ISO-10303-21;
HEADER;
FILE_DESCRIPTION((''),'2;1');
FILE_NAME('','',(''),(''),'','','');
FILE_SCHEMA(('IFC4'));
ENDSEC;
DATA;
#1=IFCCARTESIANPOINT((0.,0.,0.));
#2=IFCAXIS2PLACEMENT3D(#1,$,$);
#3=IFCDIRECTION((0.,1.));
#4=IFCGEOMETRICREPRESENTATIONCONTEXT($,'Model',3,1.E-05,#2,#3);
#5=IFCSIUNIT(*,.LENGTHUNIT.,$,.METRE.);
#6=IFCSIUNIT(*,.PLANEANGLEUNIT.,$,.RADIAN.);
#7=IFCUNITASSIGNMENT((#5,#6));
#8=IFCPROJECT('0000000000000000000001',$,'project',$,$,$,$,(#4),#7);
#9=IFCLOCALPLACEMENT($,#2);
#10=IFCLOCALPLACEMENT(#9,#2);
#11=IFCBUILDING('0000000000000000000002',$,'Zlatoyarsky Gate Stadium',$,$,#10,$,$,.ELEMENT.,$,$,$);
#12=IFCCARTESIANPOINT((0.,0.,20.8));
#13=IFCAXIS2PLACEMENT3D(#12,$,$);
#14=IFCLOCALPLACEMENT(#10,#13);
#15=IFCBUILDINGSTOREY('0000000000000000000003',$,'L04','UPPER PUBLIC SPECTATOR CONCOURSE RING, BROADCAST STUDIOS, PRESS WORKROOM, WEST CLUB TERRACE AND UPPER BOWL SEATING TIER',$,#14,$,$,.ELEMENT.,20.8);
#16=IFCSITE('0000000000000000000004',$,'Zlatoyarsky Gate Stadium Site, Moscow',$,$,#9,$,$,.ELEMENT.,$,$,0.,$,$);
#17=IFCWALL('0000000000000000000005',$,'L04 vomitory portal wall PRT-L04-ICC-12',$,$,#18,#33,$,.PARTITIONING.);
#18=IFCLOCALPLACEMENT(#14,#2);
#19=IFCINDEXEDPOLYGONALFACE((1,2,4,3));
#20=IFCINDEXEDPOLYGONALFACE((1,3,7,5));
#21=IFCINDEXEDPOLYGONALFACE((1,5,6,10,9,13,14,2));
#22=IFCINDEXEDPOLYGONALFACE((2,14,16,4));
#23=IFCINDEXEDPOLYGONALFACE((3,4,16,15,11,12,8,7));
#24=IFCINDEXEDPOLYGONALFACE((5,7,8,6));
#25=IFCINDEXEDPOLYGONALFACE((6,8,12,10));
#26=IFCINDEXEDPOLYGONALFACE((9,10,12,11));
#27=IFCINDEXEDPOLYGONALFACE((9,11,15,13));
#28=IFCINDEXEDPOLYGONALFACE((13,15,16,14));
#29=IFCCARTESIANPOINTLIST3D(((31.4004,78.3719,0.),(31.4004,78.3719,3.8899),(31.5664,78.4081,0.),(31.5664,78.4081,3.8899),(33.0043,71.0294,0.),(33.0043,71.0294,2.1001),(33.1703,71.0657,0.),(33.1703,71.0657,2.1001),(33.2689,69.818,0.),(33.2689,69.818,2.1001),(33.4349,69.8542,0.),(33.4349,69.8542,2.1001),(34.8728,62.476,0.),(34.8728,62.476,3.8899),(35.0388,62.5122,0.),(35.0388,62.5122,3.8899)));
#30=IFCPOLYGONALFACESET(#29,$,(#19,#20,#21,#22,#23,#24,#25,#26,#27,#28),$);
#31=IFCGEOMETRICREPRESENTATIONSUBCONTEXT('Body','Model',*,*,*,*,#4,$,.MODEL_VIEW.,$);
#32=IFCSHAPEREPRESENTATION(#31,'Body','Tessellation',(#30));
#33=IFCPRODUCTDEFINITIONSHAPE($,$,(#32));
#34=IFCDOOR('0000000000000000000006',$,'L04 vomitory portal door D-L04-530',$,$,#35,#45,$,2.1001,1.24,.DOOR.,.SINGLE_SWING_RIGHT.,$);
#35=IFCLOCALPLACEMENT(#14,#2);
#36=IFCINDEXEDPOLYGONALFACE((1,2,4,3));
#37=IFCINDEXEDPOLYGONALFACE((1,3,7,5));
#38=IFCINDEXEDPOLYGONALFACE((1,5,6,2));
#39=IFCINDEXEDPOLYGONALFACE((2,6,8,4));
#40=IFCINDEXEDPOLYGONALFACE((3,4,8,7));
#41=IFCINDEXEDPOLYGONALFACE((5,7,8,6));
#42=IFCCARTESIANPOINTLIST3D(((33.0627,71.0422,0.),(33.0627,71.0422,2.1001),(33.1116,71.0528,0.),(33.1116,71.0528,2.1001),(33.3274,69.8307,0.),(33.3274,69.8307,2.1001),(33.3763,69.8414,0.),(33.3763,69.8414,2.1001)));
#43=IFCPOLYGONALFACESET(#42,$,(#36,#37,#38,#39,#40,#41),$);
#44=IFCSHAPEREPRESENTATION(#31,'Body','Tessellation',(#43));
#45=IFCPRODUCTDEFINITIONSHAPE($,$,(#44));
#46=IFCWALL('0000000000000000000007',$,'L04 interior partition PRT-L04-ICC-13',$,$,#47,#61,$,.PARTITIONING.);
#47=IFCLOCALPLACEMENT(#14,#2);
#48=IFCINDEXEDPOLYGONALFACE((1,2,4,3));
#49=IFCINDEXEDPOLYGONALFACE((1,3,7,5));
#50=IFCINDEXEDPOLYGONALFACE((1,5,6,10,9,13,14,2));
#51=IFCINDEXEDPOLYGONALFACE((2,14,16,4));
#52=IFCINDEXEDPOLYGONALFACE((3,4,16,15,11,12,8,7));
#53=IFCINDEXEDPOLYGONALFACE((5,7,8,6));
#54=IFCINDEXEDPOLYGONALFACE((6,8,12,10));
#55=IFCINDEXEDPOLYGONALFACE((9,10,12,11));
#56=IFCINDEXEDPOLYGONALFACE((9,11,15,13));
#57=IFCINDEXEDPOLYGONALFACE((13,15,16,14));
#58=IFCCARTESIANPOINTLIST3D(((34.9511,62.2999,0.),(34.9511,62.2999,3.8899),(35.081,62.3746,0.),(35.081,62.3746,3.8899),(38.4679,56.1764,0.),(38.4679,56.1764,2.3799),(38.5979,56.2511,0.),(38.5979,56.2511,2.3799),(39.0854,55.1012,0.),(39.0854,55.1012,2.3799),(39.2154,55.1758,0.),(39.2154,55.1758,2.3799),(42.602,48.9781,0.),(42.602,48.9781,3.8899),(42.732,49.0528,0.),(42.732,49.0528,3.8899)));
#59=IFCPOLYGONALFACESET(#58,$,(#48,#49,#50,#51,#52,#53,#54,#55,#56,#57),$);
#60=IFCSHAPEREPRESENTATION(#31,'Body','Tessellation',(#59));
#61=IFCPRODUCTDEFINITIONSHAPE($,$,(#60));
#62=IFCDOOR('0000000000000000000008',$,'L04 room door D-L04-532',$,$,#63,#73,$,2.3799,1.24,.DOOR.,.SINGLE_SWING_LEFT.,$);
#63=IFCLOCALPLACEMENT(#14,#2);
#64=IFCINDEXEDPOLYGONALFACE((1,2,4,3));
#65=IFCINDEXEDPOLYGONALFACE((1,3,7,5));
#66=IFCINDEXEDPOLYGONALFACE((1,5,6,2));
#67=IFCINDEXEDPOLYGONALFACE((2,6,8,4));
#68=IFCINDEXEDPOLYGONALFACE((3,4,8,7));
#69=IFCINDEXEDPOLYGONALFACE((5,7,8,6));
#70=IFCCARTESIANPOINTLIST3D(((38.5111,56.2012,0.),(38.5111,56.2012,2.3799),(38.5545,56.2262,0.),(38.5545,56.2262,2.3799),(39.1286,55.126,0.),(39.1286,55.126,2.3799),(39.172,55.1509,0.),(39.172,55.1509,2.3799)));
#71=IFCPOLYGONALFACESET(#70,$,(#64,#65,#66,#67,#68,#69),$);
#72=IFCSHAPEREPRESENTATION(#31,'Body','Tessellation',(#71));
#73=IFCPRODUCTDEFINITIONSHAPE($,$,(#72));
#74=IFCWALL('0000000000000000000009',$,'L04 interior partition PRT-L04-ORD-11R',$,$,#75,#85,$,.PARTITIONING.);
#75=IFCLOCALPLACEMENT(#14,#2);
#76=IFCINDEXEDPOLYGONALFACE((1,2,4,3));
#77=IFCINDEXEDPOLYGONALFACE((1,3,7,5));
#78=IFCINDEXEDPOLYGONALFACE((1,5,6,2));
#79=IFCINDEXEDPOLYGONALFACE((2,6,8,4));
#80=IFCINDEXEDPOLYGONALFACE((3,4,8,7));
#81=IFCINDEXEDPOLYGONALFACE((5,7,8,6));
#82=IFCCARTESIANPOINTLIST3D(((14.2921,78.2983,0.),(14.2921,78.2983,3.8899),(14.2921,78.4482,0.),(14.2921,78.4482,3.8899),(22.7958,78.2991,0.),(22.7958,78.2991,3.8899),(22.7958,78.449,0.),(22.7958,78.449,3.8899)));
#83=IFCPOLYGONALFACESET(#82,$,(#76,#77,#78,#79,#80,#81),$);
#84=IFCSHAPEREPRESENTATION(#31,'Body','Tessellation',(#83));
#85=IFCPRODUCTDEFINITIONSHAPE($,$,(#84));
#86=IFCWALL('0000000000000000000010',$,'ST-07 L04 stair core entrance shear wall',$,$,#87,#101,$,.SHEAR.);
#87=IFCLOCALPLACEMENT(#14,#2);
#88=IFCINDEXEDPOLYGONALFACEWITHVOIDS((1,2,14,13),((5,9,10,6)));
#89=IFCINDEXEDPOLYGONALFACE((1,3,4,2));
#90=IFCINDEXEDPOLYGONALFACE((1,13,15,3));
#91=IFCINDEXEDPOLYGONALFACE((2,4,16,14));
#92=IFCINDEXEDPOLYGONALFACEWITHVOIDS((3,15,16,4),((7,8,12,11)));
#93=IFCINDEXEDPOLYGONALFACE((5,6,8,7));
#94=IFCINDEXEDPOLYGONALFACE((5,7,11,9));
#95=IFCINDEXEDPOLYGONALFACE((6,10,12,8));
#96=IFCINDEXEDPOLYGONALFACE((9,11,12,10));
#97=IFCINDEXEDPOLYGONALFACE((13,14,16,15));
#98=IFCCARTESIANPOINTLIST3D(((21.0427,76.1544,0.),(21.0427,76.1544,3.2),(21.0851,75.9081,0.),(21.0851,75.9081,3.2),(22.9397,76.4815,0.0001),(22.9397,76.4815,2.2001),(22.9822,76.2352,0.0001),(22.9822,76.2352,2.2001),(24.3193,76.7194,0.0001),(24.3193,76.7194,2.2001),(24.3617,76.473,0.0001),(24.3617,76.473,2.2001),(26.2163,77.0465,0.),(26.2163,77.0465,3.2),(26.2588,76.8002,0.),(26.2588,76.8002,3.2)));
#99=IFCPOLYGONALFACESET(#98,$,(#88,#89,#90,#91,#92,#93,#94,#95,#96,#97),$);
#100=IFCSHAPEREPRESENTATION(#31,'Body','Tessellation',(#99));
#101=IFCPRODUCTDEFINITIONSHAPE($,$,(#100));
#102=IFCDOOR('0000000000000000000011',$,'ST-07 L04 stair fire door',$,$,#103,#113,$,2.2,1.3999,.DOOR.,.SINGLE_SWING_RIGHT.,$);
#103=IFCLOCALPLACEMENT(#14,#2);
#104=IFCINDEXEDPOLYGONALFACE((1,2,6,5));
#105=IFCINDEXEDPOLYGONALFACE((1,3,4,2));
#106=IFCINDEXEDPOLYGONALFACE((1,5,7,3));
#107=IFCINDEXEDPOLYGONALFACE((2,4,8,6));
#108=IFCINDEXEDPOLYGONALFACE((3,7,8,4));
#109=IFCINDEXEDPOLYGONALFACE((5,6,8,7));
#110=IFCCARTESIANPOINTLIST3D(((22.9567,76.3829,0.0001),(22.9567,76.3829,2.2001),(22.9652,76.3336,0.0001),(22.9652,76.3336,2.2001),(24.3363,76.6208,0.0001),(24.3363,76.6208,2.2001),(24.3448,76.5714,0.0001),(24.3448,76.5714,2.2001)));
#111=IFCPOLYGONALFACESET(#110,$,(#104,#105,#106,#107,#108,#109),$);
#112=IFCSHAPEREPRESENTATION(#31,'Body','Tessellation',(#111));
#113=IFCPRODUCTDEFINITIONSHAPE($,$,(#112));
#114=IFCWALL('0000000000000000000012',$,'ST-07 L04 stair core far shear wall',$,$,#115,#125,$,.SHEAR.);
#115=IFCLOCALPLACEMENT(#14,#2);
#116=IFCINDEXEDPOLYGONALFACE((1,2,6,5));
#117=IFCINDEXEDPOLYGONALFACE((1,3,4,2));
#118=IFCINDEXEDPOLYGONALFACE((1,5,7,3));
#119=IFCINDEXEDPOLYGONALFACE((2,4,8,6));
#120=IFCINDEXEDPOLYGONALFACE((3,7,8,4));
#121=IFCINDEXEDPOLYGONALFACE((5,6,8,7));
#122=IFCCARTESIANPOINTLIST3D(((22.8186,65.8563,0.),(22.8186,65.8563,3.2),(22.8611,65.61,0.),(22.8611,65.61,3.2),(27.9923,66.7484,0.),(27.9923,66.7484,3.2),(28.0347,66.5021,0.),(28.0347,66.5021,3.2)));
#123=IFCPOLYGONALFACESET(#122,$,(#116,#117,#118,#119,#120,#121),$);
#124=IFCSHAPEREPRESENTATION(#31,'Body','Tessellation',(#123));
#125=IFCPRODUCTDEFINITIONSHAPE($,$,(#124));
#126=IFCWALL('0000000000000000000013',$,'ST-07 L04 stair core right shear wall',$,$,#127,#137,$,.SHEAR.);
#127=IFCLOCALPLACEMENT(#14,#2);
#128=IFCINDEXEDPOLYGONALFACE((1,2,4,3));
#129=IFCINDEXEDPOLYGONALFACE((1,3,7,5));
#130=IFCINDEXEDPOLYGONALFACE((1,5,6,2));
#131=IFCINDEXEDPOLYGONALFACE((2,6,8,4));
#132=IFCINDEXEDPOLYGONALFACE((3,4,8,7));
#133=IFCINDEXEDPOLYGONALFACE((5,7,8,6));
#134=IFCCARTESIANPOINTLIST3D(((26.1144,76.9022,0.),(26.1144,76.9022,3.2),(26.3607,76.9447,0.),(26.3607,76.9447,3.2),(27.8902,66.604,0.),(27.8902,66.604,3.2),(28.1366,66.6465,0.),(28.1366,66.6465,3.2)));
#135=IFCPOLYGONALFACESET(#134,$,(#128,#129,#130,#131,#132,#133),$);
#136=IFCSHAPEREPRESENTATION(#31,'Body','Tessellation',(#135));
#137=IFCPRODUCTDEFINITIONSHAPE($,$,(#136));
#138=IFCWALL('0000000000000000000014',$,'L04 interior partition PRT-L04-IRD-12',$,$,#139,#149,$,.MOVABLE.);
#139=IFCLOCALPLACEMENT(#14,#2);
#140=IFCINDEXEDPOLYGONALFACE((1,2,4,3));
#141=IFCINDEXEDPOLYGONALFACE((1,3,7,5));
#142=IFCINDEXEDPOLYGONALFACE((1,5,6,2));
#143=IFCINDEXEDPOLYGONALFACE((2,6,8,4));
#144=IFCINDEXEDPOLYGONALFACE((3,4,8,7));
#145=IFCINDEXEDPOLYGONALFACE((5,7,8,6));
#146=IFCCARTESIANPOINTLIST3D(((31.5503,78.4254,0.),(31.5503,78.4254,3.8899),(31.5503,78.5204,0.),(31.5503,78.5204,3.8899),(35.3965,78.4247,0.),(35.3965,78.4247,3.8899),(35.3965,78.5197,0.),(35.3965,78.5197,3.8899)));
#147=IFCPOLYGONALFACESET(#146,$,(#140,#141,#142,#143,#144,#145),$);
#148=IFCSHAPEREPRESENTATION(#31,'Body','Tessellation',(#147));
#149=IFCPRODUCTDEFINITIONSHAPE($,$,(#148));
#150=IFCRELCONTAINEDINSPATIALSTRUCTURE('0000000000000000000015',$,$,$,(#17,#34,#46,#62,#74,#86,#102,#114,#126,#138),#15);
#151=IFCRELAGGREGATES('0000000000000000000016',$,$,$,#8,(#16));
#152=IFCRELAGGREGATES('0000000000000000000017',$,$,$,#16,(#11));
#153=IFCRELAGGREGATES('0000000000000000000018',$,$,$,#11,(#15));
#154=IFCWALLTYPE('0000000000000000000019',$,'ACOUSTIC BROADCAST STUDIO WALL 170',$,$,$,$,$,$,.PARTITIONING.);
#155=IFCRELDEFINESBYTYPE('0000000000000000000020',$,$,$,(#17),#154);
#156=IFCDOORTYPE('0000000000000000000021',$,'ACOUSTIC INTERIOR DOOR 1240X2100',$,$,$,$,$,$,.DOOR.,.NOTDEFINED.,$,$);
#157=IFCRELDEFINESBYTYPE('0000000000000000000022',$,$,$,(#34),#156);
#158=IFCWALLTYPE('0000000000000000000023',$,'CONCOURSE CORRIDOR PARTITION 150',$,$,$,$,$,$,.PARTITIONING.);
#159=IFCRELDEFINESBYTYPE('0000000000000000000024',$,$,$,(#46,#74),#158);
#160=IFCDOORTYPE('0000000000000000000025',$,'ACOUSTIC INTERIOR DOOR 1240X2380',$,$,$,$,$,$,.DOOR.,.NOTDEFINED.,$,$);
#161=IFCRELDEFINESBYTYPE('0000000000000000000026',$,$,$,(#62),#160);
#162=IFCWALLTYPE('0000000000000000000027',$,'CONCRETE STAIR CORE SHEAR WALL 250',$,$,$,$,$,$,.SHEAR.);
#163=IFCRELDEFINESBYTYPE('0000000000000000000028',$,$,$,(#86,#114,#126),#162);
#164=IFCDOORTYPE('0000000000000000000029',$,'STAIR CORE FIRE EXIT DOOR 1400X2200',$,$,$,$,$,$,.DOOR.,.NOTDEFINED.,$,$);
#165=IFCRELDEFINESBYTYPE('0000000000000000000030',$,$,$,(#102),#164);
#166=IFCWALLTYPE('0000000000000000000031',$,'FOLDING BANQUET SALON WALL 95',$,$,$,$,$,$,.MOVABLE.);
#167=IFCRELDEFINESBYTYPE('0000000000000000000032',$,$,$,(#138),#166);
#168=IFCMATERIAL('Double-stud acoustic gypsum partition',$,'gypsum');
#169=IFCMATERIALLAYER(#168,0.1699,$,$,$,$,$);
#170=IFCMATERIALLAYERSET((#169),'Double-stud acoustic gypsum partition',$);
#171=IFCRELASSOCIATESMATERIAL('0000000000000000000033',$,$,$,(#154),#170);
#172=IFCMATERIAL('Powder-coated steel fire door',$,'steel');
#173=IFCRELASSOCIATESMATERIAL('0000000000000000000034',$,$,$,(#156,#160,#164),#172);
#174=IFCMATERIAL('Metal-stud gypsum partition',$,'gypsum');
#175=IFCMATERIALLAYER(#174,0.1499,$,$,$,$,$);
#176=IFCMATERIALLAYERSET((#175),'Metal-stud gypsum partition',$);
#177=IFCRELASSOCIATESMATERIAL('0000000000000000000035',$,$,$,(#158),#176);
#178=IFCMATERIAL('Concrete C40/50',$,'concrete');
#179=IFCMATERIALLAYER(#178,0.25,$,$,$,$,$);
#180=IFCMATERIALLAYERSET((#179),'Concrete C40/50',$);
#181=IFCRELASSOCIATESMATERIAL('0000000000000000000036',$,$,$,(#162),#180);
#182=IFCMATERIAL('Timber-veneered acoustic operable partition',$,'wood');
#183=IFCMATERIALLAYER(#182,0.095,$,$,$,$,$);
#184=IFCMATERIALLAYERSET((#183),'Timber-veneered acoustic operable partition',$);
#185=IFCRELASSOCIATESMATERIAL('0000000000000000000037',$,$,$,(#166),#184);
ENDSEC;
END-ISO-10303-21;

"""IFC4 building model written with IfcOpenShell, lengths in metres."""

from ifc_helpers import new_model, si_unit, direction, frame, frame_2d, origin, place, context, subcontext, project, spatial, rectangle, extrude, material, layer, layer_set, type_object, element, fill, save


model = new_model("IFC4")

# Units and contexts
model_context = context("Model", 3, precision=1e-05, world=origin(), true_north=direction((0.0, 1.0)))
body_context = subcontext(model_context, "Body", "Model", "MODEL_VIEW")
ifc_project = project(units=[si_unit("LENGTHUNIT", "METRE"), si_unit("PLANEANGLEUNIT", "RADIAN")], contexts=[model_context])

# Site, building, storey
site_placement = place(None, origin())
site = spatial("IfcSite", under=ifc_project, at=site_placement, Name="Zlatoyarsky Gate Stadium Site, Moscow", CompositionType="ELEMENT", RefElevation=0.0)
building_placement = place(site_placement, origin())
building = spatial("IfcBuilding", under=site, at=building_placement, Name="Zlatoyarsky Gate Stadium", CompositionType="ELEMENT")
storey_placement = place(building_placement, frame((0.0, 0.0, 20.8)))
storey = spatial("IfcBuildingStorey", under=building, at=storey_placement, Name="L04", Description="UPPER PUBLIC SPECTATOR CONCOURSE RING, BROADCAST STUDIOS, PRESS WORKROOM, WEST CLUB TERRACE AND UPPER BOWL SEATING TIER", CompositionType="ELEMENT", Elevation=20.8)

# Shared definitions
ifc_material_1 = material(Name="Concrete C40/50", Category="concrete")

# Walls, openings, doors
ifc_material_2 = material(Name="Double-stud acoustic gypsum partition", Category="gypsum")
ifc_layer_1 = layer(ifc_material_2, 0.1699)
ifc_layer_set_1 = layer_set([ifc_layer_1], Name="Double-stud acoustic gypsum partition")
wall_type_1 = type_object("IfcWallType", Name="ACOUSTIC BROADCAST STUDIO WALL 170", PredefinedType="PARTITIONING", material=ifc_layer_set_1)
wall_1_placement = place(storey_placement, frame((31.4834, 78.3899, 0.0), z_axis=(0.0, 0.0, 1.0), x_axis=(0.213413, -0.976962, 0.0)))
wall_1 = element("IfcWall", 1, at=wall_1_placement, inside=storey, type_object=wall_type_1, Name="L04 vomitory portal wall PRT-L04-ICC-12", PredefinedType="PARTITIONING", context=body_context, shape_type="SweptSolid", body=[
    extrude(rectangle(XDim=16.2708, YDim=0.1699, at=frame_2d((8.1353, 0.0))), origin(), (0.0, 0.0, 1.0), 3.8899),
])
opening_1_placement = place(wall_1_placement, frame((7.5154, 0.0, 0.0)))
opening_1 = element("IfcOpeningElement", 2, at=opening_1_placement, cuts=wall_1, PredefinedType="OPENING", context=body_context, shape_type="SweptSolid", body=[
    extrude(rectangle(XDim=1.24, YDim=2.1001, at=frame_2d((0.6201, 1.05))), frame((0.0, 0.095, 0.0), z_axis=(0.0, -1.0, 0.0), x_axis=(1.0, 0.0, 0.0)), (0.0, 0.0, 1.0), 0.1899),
])
ifc_material_3 = material(Name="Powder-coated steel fire door", Category="steel")
door_type_1 = type_object("IfcDoorType", Name="ACOUSTIC INTERIOR DOOR 1240X2100", OperationType="NOTDEFINED", PredefinedType="DOOR", material=ifc_material_3)
door_1_placement = place(opening_1_placement, origin())
door_1 = element("IfcDoor", 3, at=door_1_placement, inside=storey, type_object=door_type_1, Name="L04 vomitory portal door D-L04-530", OperationType="SINGLE_SWING_RIGHT", OverallHeight=2.1001, OverallWidth=1.24, PredefinedType="DOOR", context=body_context, shape_type="SweptSolid", body=[
    extrude(rectangle(XDim=1.24, YDim=2.1001, at=frame_2d((0.6201, 1.05))), frame((0.0, 0.0249, 0.0), z_axis=(0.0, -1.0, 0.0), x_axis=(1.0, 0.0, 0.0)), (0.0, 0.0, 1.0), 0.05),
])
fill(opening_1, door_1)
ifc_material_4 = material(Name="Metal-stud gypsum partition", Category="gypsum")
ifc_layer_2 = layer(ifc_material_4, 0.1499)
ifc_layer_set_2 = layer_set([ifc_layer_2], Name="Metal-stud gypsum partition")
wall_type_2 = type_object("IfcWallType", Name="CONCOURSE CORRIDOR PARTITION 150", PredefinedType="PARTITIONING", material=ifc_layer_set_2)
wall_2_placement = place(storey_placement, frame((35.0161, 62.3372, 0.0), z_axis=(0.0, 0.0, 1.0), x_axis=(0.498024, -0.867163, 0.0)))
wall_2 = element("IfcWall", 4, at=wall_2_placement, inside=storey, type_object=wall_type_2, Name="L04 interior partition PRT-L04-ICC-13", PredefinedType="PARTITIONING", context=body_context, shape_type="SweptSolid", body=[
    extrude(rectangle(XDim=15.3625, YDim=0.1499, at=frame_2d((7.6812, 0.0))), origin(), (0.0, 0.0, 1.0), 3.8899),
])
opening_2_placement = place(wall_2_placement, frame((7.0613, 0.0, 0.0)))
opening_2 = element("IfcOpeningElement", 5, at=opening_2_placement, cuts=wall_2, PredefinedType="OPENING", context=body_context, shape_type="SweptSolid", body=[
    extrude(rectangle(XDim=1.24, YDim=2.3799, at=frame_2d((0.6201, 1.1899))), frame((0.0, 0.085, 0.0), z_axis=(0.0, -1.0, 0.0), x_axis=(1.0, 0.0, 0.0)), (0.0, 0.0, 1.0), 0.1699),
])
door_type_2 = type_object("IfcDoorType", Name="ACOUSTIC INTERIOR DOOR 1240X2380", OperationType="NOTDEFINED", PredefinedType="DOOR", material=ifc_material_3)
door_2_placement = place(opening_2_placement, origin())
door_2 = element("IfcDoor", 6, at=door_2_placement, inside=storey, type_object=door_type_2, Name="L04 room door D-L04-532", OperationType="SINGLE_SWING_LEFT", OverallHeight=2.3799, OverallWidth=1.24, PredefinedType="DOOR", context=body_context, shape_type="SweptSolid", body=[
    extrude(rectangle(XDim=1.24, YDim=2.3799, at=frame_2d((0.6201, 1.1899))), frame((0.0, 0.0249, 0.0), z_axis=(0.0, -1.0, 0.0), x_axis=(1.0, 0.0, 0.0)), (0.0, 0.0, 1.0), 0.05),
])
fill(opening_2, door_2)

# Wall
wall_3_placement = place(storey_placement, frame((22.7959, 78.374, 0.0), z_axis=(0.0, 0.0, 1.0), x_axis=(-1.0, -0.000086, 0.0)))
element("IfcWall", 7, at=wall_3_placement, inside=storey, type_object=wall_type_2, Name="L04 interior partition PRT-L04-ORD-11R", PredefinedType="PARTITIONING", context=body_context, shape_type="SweptSolid", body=[
    extrude(rectangle(XDim=8.5037, YDim=0.1499, at=frame_2d((4.252, 0.0))), origin(), (0.0, 0.0, 1.0), 3.8899),
])

# Wall, opening, door
ifc_layer_3 = layer(ifc_material_1, 0.25)
ifc_layer_set_3 = layer_set([ifc_layer_3], Name="Concrete C40/50")
wall_type_3 = type_object("IfcWallType", Name="CONCRETE STAIR CORE SHEAR WALL 250", PredefinedType="SHEAR", material=ifc_layer_set_3)
wall_4_placement = place(storey_placement, frame((26.2375, 76.9233, 0.0), z_axis=(0.0, 0.0, 1.0), x_axis=(-0.985457, -0.169924, 0.0)))
wall_4 = element("IfcWall", 8, at=wall_4_placement, inside=storey, type_object=wall_type_3, Name="ST-07 L04 stair core entrance shear wall", PredefinedType="SHEAR", context=body_context, shape_type="SweptSolid", body=[
    extrude(rectangle(XDim=5.25, YDim=0.25, at=frame_2d((2.625, 0.0))), origin(), (0.0, 0.0, 1.0), 3.2),
])
opening_3_placement = place(wall_4_placement, frame((1.925, 0.0, 0.0)))
opening_3 = element("IfcOpeningElement", 9, at=opening_3_placement, cuts=wall_4, PredefinedType="OPENING", context=body_context, shape_type="SweptSolid", body=[
    extrude(rectangle(XDim=1.3999, YDim=2.2, at=frame_2d((0.7, 1.1001))), frame((0.0, 0.135, 0.0), z_axis=(0.0, -1.0, 0.0), x_axis=(1.0, 0.0, 0.0)), (0.0, 0.0, 1.0), 0.27),
])
door_type_3 = type_object("IfcDoorType", Name="STAIR CORE FIRE EXIT DOOR 1400X2200", OperationType="NOTDEFINED", PredefinedType="DOOR", material=ifc_material_3)
door_3_placement = place(opening_3_placement, frame((1.3999, 0.0, 0.0), z_axis=(0.0, 0.0, 1.0), x_axis=(-1.0, 0.0, 0.0)))
door_3 = element("IfcDoor", 10, at=door_3_placement, inside=storey, type_object=door_type_3, Name="ST-07 L04 stair fire door", OperationType="SINGLE_SWING_RIGHT", OverallHeight=2.2, OverallWidth=1.3999, PredefinedType="DOOR", context=body_context, shape_type="SweptSolid", body=[
    extrude(rectangle(XDim=1.3999, YDim=2.2, at=frame_2d((0.7, 1.1001))), frame((0.0, 0.0249, 0.0), z_axis=(0.0, -1.0, 0.0), x_axis=(1.0, 0.0, 0.0)), (0.0, 0.0, 1.0), 0.05),
])
fill(opening_3, door_3)

# Walls
wall_5_placement = place(storey_placement, frame((22.8398, 65.7332, 0.0), z_axis=(0.0, 0.0, 1.0), x_axis=(0.985457, 0.169924, 0.0)))
element("IfcWall", 11, at=wall_5_placement, inside=storey, type_object=wall_type_3, Name="ST-07 L04 stair core far shear wall", PredefinedType="SHEAR", context=body_context, shape_type="SweptSolid", body=[
    extrude(rectangle(XDim=5.25, YDim=0.25, at=frame_2d((2.625, 0.0))), origin(), (0.0, 0.0, 1.0), 3.2),
])
wall_6_placement = place(storey_placement, frame((28.0134, 66.6252, 0.0), z_axis=(0.0, 0.0, 1.0), x_axis=(-0.169939, 0.985455, 0.0)))
element("IfcWall", 12, at=wall_6_placement, inside=storey, type_object=wall_type_3, Name="ST-07 L04 stair core right shear wall", PredefinedType="SHEAR", context=body_context, shape_type="SweptSolid", body=[
    extrude(rectangle(XDim=10.4502, YDim=0.25, at=frame_2d((5.2251, 0.0))), origin(), (0.0, 0.0, 1.0), 3.2),
])
ifc_material_5 = material(Name="Timber-veneered acoustic operable partition", Category="wood")
ifc_layer_4 = layer(ifc_material_5, 0.095)
ifc_layer_set_4 = layer_set([ifc_layer_4], Name="Timber-veneered acoustic operable partition")
wall_type_4 = type_object("IfcWallType", Name="FOLDING BANQUET SALON WALL 95", PredefinedType="MOVABLE", material=ifc_layer_set_4)
wall_7_placement = place(storey_placement, frame((35.3965, 78.4722, 0.0), z_axis=(0.0, 0.0, 1.0), x_axis=(-1.0, 0.00019, 0.0)))
element("IfcWall", 13, at=wall_7_placement, inside=storey, type_object=wall_type_4, Name="L04 interior partition PRT-L04-IRD-12", PredefinedType="MOVABLE", context=body_context, shape_type="SweptSolid", body=[
    extrude(rectangle(XDim=3.8462, YDim=0.095, at=frame_2d((1.9231, 0.0))), origin(), (0.0, 0.0, 1.0), 3.8899),
])

save(model, "model.ifc")
